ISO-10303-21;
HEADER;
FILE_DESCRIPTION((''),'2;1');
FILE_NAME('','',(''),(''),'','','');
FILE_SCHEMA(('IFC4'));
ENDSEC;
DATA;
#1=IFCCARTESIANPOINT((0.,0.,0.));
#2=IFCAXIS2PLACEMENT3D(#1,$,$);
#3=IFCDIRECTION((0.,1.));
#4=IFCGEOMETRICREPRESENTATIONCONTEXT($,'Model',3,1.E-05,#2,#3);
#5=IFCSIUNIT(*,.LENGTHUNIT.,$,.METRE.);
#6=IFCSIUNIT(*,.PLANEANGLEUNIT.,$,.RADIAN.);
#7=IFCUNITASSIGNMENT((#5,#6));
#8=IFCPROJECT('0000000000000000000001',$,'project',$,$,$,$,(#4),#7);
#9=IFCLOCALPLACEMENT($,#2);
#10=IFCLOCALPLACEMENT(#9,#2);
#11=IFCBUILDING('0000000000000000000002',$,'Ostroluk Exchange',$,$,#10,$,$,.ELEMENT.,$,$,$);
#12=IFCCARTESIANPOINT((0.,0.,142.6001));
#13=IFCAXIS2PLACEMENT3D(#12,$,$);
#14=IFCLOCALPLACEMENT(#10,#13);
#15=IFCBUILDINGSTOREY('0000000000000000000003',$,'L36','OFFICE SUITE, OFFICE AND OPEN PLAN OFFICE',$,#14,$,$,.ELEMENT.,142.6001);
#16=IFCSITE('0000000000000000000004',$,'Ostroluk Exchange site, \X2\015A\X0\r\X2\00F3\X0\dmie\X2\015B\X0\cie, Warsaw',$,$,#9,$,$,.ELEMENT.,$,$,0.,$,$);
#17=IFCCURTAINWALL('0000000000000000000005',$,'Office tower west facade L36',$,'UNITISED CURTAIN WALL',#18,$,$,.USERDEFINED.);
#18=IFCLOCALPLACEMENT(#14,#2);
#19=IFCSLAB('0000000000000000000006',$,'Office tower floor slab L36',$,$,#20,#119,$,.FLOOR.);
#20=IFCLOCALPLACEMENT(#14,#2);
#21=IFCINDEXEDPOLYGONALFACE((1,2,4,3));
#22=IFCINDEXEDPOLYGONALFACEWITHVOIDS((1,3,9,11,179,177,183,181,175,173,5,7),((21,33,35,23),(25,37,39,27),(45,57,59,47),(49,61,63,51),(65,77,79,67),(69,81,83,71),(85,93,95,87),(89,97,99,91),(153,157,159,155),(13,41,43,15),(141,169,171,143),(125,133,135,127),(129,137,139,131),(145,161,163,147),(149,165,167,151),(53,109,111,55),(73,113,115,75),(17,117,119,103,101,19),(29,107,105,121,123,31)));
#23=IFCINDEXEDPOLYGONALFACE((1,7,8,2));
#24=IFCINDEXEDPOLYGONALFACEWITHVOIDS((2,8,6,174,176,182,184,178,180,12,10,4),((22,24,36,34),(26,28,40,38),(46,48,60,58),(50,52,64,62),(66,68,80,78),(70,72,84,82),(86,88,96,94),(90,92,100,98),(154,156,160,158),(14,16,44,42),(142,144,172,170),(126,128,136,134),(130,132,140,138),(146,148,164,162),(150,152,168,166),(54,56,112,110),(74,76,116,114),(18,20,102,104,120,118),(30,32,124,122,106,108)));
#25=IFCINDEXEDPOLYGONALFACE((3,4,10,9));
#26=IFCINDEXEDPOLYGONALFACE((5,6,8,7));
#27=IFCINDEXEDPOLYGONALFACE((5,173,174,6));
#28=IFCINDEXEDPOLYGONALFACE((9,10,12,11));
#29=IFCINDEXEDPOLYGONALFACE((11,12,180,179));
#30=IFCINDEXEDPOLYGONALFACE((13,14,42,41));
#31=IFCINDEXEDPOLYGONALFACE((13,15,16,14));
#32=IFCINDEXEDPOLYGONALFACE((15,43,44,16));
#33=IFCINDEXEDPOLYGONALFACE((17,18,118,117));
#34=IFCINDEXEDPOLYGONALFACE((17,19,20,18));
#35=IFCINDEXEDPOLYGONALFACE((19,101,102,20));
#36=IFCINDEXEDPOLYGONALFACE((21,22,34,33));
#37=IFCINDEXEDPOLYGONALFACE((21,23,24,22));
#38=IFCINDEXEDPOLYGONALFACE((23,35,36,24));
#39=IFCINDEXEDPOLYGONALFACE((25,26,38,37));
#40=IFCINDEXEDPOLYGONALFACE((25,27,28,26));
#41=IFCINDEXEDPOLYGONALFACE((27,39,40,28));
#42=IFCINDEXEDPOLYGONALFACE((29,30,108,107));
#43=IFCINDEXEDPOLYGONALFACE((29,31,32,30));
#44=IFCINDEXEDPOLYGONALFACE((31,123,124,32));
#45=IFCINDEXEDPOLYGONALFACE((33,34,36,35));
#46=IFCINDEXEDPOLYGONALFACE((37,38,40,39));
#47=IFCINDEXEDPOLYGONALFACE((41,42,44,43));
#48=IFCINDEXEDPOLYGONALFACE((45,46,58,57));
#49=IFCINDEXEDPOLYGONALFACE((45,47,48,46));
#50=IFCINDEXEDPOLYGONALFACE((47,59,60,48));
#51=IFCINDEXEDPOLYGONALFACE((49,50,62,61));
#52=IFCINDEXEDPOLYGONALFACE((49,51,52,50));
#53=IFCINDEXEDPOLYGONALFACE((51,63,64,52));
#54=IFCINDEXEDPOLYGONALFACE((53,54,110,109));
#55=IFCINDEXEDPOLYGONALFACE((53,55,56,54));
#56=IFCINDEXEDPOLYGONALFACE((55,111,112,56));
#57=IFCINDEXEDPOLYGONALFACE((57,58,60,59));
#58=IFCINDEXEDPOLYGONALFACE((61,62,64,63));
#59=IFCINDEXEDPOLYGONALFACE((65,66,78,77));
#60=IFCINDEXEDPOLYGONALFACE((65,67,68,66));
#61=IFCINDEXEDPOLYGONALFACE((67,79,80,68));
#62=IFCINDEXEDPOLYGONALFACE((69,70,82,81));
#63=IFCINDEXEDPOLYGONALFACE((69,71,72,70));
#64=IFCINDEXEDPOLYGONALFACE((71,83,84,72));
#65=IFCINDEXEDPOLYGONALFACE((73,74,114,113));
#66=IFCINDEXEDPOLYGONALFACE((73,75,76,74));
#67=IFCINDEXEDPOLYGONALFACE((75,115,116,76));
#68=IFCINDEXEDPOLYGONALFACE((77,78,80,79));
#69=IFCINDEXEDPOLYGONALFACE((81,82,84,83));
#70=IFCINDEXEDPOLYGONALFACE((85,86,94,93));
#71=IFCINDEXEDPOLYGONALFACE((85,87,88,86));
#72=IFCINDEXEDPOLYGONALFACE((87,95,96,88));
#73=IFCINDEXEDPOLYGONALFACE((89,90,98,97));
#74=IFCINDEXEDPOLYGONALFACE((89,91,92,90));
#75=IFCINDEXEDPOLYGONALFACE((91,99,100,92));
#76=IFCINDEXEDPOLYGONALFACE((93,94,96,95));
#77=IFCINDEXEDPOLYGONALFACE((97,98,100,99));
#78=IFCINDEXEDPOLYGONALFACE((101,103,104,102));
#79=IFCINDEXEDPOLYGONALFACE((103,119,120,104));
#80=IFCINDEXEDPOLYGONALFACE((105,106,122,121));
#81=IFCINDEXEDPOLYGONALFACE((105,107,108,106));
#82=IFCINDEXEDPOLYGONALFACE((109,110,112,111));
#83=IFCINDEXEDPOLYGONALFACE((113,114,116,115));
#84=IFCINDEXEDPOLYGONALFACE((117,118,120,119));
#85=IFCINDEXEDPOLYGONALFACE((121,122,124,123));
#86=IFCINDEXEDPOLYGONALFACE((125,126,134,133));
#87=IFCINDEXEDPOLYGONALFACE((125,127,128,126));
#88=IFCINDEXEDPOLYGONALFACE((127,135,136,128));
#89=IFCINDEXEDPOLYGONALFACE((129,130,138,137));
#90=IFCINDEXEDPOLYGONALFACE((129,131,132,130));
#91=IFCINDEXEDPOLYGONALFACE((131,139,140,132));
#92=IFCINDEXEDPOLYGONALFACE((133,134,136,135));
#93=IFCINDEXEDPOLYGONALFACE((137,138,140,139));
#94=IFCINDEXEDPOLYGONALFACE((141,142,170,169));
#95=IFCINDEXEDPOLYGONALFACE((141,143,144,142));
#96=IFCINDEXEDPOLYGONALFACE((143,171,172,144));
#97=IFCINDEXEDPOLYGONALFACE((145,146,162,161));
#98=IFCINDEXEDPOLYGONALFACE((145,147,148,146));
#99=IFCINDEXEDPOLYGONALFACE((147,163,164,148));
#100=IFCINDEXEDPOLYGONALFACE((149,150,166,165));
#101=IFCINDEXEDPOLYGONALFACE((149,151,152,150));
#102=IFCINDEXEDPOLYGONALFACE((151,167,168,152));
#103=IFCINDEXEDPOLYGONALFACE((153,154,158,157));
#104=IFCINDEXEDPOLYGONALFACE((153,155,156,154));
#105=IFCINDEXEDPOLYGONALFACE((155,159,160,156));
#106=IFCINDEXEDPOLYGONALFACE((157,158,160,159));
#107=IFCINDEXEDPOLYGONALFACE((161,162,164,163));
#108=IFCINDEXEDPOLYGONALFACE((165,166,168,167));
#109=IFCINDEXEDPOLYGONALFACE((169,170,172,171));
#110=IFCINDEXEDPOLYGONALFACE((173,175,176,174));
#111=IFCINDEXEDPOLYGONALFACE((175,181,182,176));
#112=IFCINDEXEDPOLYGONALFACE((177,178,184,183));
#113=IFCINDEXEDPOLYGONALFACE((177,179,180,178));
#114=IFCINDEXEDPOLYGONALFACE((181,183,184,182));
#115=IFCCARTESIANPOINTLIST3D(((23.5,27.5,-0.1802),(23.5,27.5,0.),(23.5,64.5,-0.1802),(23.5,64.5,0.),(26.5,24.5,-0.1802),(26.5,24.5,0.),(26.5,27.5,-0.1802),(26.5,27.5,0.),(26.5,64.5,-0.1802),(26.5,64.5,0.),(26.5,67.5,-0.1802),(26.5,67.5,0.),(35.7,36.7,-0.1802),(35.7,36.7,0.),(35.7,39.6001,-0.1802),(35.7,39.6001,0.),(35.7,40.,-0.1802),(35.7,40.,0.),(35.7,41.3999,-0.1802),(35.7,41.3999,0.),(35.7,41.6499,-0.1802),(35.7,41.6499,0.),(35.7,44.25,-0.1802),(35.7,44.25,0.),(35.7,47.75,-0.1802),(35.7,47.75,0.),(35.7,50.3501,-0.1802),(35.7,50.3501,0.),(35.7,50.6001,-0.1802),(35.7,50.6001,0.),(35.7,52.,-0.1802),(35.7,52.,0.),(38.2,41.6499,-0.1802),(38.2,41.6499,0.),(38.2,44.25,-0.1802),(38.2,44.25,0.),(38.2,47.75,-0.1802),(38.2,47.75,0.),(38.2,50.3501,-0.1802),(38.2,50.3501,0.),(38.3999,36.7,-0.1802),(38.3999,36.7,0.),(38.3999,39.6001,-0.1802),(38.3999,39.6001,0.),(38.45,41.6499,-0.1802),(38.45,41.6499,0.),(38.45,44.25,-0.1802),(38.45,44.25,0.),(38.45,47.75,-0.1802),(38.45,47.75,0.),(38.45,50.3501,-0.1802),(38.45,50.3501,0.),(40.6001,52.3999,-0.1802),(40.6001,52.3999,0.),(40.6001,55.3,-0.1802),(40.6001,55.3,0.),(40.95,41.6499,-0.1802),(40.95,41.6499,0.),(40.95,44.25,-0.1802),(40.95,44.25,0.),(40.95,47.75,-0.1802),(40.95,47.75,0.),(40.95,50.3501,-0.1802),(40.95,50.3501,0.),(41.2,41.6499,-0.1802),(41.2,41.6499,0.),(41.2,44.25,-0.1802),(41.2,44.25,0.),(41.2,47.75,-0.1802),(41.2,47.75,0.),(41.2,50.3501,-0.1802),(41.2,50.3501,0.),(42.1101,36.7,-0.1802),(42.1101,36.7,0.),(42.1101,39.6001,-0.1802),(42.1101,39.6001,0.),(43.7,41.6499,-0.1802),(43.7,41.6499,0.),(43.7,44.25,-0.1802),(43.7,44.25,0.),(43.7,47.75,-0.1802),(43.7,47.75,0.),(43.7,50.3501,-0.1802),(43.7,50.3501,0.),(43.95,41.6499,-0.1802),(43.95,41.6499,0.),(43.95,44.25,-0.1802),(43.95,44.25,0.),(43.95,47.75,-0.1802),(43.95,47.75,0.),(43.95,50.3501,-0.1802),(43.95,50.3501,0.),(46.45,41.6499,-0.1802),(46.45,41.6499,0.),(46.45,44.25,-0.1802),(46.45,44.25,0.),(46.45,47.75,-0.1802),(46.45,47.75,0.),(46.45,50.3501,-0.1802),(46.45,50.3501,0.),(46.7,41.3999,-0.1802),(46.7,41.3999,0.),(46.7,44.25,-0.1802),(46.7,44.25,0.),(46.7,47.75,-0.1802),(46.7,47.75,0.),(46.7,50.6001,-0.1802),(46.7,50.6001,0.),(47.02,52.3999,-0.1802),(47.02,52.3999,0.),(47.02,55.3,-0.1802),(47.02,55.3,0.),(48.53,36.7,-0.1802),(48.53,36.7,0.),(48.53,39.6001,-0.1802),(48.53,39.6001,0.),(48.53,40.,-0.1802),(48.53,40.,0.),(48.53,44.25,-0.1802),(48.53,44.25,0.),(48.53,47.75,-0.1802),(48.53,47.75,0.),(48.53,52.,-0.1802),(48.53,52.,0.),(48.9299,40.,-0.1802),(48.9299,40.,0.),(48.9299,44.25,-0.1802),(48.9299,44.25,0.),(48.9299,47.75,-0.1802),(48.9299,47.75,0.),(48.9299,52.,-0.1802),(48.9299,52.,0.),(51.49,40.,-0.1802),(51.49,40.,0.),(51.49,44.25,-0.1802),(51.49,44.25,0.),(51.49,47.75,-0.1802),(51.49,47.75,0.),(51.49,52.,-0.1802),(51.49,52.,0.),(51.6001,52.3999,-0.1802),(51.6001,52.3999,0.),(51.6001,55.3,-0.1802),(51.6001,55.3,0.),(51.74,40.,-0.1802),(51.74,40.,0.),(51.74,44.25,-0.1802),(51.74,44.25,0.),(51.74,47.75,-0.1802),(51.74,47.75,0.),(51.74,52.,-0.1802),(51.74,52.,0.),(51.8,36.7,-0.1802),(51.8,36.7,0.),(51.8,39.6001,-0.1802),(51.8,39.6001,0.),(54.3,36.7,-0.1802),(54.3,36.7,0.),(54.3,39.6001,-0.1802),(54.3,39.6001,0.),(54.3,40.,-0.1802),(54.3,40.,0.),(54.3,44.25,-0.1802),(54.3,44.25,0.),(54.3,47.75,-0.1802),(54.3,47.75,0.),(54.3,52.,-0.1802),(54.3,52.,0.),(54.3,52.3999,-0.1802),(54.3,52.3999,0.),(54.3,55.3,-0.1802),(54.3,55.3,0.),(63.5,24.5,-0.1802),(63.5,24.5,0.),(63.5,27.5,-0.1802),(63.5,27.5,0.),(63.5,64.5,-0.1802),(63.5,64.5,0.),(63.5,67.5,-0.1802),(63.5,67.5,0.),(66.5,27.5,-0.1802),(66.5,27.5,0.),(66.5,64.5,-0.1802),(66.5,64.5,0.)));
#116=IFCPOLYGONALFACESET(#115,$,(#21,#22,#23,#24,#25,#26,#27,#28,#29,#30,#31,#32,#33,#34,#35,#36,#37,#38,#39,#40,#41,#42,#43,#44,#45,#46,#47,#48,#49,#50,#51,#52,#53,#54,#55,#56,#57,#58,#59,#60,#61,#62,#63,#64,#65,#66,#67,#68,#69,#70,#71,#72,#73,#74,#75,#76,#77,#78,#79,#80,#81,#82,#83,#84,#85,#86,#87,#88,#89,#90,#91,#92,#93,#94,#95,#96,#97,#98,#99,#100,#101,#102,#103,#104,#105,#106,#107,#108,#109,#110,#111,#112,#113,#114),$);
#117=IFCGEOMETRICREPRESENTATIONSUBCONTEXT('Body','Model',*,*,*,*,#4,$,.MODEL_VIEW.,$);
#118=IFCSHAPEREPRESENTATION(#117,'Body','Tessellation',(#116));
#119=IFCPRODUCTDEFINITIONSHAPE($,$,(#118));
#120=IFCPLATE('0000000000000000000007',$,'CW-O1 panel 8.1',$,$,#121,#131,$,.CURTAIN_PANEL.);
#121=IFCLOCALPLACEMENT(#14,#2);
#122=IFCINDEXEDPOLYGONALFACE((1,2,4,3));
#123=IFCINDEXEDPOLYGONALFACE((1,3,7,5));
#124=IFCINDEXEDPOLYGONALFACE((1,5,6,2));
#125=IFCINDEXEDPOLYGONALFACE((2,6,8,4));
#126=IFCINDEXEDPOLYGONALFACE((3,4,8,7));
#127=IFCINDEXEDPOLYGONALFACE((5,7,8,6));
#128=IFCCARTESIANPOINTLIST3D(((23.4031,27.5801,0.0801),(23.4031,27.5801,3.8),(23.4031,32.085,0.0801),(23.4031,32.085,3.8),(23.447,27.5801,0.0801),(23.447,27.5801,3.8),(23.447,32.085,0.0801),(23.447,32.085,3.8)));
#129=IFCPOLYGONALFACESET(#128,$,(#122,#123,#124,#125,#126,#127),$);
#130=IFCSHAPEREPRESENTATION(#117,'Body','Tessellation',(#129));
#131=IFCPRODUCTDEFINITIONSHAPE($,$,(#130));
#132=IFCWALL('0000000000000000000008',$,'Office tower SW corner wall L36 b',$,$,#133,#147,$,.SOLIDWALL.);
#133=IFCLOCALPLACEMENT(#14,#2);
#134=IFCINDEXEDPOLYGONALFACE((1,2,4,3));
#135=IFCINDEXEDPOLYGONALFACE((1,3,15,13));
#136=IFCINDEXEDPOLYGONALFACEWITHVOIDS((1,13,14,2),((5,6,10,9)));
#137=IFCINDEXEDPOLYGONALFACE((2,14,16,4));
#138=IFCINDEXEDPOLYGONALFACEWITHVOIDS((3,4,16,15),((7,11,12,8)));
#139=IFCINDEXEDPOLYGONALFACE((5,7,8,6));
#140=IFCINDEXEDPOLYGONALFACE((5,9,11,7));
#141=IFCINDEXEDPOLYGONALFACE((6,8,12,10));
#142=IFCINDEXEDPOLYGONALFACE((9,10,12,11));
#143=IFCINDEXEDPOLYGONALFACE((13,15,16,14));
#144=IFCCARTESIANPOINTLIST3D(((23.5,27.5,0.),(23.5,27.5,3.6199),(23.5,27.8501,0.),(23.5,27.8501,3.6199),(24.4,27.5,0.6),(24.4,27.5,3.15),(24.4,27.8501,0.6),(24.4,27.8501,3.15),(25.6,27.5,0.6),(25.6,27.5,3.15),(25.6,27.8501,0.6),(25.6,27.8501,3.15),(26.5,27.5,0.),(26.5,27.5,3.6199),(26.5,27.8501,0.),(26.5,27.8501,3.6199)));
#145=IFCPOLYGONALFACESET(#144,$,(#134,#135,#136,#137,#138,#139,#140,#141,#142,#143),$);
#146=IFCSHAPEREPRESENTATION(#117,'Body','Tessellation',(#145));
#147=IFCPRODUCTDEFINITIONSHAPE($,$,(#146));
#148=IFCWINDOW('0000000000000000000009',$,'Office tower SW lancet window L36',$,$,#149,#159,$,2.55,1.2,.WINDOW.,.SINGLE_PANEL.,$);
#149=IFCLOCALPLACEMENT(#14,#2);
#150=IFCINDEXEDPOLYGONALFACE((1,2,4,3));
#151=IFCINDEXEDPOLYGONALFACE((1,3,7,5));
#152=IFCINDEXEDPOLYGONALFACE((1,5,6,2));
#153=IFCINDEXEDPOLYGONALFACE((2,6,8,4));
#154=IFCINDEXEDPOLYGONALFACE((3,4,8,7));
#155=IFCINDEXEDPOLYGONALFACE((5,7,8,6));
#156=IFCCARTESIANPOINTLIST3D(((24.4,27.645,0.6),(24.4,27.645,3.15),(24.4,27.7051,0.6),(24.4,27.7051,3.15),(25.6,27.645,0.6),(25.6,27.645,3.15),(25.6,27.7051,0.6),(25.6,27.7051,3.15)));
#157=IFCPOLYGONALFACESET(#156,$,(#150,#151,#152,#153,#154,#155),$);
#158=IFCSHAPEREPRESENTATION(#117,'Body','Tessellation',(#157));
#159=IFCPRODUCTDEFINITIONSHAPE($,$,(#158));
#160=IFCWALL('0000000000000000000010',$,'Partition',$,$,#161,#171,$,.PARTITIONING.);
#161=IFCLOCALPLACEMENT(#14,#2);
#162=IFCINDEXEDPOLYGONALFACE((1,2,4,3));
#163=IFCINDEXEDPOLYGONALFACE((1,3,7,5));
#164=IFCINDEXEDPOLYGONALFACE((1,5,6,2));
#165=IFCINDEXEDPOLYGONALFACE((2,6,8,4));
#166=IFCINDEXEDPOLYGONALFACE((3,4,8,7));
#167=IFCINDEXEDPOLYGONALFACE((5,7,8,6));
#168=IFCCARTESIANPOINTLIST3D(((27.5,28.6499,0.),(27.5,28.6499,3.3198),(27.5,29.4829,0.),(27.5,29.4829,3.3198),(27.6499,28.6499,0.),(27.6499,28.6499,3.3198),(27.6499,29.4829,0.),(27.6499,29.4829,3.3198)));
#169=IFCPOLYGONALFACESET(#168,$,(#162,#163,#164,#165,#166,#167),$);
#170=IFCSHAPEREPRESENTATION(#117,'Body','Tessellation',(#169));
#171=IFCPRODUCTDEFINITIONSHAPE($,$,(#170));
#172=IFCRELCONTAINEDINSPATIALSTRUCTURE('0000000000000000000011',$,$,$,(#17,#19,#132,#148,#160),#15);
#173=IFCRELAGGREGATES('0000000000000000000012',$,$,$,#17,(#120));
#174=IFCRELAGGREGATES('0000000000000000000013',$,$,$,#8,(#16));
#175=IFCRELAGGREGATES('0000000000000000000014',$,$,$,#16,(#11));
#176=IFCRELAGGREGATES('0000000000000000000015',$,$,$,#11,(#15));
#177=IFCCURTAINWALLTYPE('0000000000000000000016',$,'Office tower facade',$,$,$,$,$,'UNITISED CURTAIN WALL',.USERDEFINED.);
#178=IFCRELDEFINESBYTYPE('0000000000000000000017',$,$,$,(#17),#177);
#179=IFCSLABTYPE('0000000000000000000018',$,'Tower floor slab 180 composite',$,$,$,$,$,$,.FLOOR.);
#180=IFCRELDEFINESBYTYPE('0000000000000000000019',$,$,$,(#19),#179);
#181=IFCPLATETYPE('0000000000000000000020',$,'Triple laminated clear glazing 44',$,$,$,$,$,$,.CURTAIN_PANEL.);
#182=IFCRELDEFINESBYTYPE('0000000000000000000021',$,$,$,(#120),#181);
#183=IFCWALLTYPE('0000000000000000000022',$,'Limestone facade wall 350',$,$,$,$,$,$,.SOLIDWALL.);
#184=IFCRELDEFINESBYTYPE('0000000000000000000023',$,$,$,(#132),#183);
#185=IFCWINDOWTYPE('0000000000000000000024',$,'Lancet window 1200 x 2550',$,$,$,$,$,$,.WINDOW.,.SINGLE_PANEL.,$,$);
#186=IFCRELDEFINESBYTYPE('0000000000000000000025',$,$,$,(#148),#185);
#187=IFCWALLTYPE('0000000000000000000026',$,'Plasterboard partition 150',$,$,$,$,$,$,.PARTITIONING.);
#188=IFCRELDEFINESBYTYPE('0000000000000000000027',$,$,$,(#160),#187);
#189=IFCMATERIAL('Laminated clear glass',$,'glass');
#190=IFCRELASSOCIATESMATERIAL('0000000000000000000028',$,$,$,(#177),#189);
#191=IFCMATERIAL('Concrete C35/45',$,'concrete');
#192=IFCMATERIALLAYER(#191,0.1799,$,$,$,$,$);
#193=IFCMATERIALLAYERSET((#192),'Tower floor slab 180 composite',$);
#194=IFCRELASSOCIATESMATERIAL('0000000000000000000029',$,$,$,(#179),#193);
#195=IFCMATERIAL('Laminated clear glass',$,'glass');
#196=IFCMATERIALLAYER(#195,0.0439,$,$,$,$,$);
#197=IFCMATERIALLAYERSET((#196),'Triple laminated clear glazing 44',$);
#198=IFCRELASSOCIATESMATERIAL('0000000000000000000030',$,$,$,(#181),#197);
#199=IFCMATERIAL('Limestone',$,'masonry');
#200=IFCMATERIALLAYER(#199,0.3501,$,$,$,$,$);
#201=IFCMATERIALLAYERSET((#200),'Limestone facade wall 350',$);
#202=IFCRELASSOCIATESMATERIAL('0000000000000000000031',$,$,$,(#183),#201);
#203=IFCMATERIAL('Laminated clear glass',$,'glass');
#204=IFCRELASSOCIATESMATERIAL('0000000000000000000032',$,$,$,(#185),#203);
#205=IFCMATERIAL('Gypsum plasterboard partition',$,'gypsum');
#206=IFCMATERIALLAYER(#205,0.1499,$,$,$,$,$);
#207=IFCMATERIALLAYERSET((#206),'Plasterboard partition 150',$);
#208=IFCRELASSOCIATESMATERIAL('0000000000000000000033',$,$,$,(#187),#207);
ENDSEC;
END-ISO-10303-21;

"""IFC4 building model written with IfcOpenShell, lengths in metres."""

from ifc_helpers import new_model, si_unit, direction, frame, frame_2d, origin, origin_2d, place, context, subcontext, project, spatial, polyline, rectangle, outline, extrude, material, layer, layer_set, type_object, element, fill, aggregate, save


model = new_model("IFC4")

# Units and contexts
model_context = context("Model", 3, precision=1e-05, world=origin(), true_north=direction((0.0, 1.0)))
body_context = subcontext(model_context, "Body", "Model", "MODEL_VIEW")
ifc_project = project(units=[si_unit("LENGTHUNIT", "METRE"), si_unit("PLANEANGLEUNIT", "RADIAN")], contexts=[model_context])

# Site, building, storey
site_placement = place(None, origin())
site = spatial("IfcSite", under=ifc_project, at=site_placement, Name="Ostroluk Exchange site, Śródmieście, Warsaw", CompositionType="ELEMENT", RefElevation=0.0)
building_placement = place(site_placement, origin())
building = spatial("IfcBuilding", under=site, at=building_placement, Name="Ostroluk Exchange", CompositionType="ELEMENT")
storey_placement = place(building_placement, frame((0.0, 0.0, 142.6001)))
storey = spatial("IfcBuildingStorey", under=building, at=storey_placement, Name="L36", Description="OFFICE SUITE, OFFICE AND OPEN PLAN OFFICE", CompositionType="ELEMENT", Elevation=142.6001)

# Shared definitions
ifc_material_1 = material(Name="Laminated clear glass", Category="glass")
curtain_wall_type = type_object("IfcCurtainWallType", Name="Office tower facade", ElementType="UNITISED CURTAIN WALL", PredefinedType="USERDEFINED", material=ifc_material_1)

# Curtain wall
curtain_wall_1_placement = place(storey_placement, origin())
curtain_wall_1 = element("IfcCurtainWall", 1, at=curtain_wall_1_placement, inside=storey, type_object=curtain_wall_type, Name="Office tower west facade L36", ObjectType="UNITISED CURTAIN WALL", PredefinedType="USERDEFINED")

# Slab
ifc_material_2 = material(Name="Concrete C35/45", Category="concrete")
ifc_layer_1 = layer(ifc_material_2, 0.1799)
ifc_layer_set_1 = layer_set([ifc_layer_1], Name="Tower floor slab 180 composite")
slab_type_1 = type_object("IfcSlabType", Name="Tower floor slab 180 composite", PredefinedType="FLOOR", material=ifc_layer_set_1)
slab_1_placement = place(storey_placement, frame((0.0, 0.0, -0.1802)))
element("IfcSlab", 2, at=slab_1_placement, inside=storey, type_object=slab_type_1, Name="Office tower floor slab L36", PredefinedType="FLOOR", context=body_context, shape_type="SweptSolid", body=[
    extrude(outline(polyline([(26.5, 24.5), (63.5, 24.5), (63.5, 27.5), (66.5, 27.5), (66.5, 64.5), (63.5, 64.5), (63.5, 67.5), (26.5, 67.5), (26.5, 64.5), (23.5, 64.5), (23.5, 27.5), (26.5, 27.5), (26.5, 24.5)]), holes=[polyline([(35.7, 36.7), (38.3999, 36.7), (38.3999, 39.6001), (35.7, 39.6001), (35.7, 36.7)]), polyline([(42.1101, 36.7), (48.53, 36.7), (48.53, 39.6001), (42.1101, 39.6001), (42.1101, 36.7)]), polyline([(51.8, 36.7), (54.3, 36.7), (54.3, 39.6001), (51.8, 39.6001), (51.8, 36.7)]), polyline([(40.6001, 52.3999), (47.02, 52.3999), (47.02, 55.3), (40.6001, 55.3), (40.6001, 52.3999)]), polyline([(51.6001, 52.3999), (54.3, 52.3999), (54.3, 55.3), (51.6001, 55.3), (51.6001, 52.3999)]), polyline([(35.7, 47.75), (38.2, 47.75), (38.2, 50.3501), (35.7, 50.3501), (35.7, 47.75)]), polyline([(38.45, 47.75), (40.95, 47.75), (40.95, 50.3501), (38.45, 50.3501), (38.45, 47.75)]), polyline([(41.2, 47.75), (43.7, 47.75), (43.7, 50.3501), (41.2, 50.3501), (41.2, 47.75)]), polyline([(43.95, 47.75), (46.45, 47.75), (46.45, 50.3501), (43.95, 50.3501), (43.95, 47.75)]), polyline([(35.7, 41.6499), (38.2, 41.6499), (38.2, 44.25), (35.7, 44.25), (35.7, 41.6499)]), polyline([(38.45, 41.6499), (40.95, 41.6499), (40.95, 44.25), (38.45, 44.25), (38.45, 41.6499)]), polyline([(41.2, 41.6499), (43.7, 41.6499), (43.7, 44.25), (41.2, 44.25), (41.2, 41.6499)]), polyline([(43.95, 41.6499), (46.45, 41.6499), (46.45, 44.25), (43.95, 44.25), (43.95, 41.6499)]), polyline([(48.9299, 47.75), (51.49, 47.75), (51.49, 52.0), (48.9299, 52.0), (48.9299, 47.75)]), polyline([(51.74, 47.75), (54.3, 47.75), (54.3, 52.0), (51.74, 52.0), (51.74, 47.75)]), polyline([(48.9299, 40.0), (51.49, 40.0), (51.49, 44.25), (48.9299, 44.25), (48.9299, 40.0)]), polyline([(51.74, 40.0), (54.3, 40.0), (54.3, 44.25), (51.74, 44.25), (51.74, 40.0)]), polyline([(48.53, 52.0), (48.53, 47.75), (46.7, 47.75), (46.7, 50.6001), (35.7, 50.6001), (35.7, 52.0), (48.53, 52.0)]), polyline([(35.7, 40.0), (35.7, 41.3999), (46.7, 41.3999), (46.7, 44.25), (48.53, 44.25), (48.53, 40.0), (35.7, 40.0)])]), origin(), (0.0, 0.0, 1.0), 0.1802),
])

# Plate
ifc_material_3 = material(Name="Laminated clear glass", Category="glass")
ifc_layer_2 = layer(ifc_material_3, 0.0439)
ifc_layer_set_2 = layer_set([ifc_layer_2], Name="Triple laminated clear glazing 44")
plate_type_1 = type_object("IfcPlateType", Name="Triple laminated clear glazing 44", PredefinedType="CURTAIN_PANEL", material=ifc_layer_set_2)
plate_1_placement = place(storey_placement, frame((23.425, 29.8325, 0.0801), z_axis=(0.0, 0.0, 1.0), x_axis=(0.0, -1.0, 0.0)))
plate_1 = element("IfcPlate", 3, at=plate_1_placement, type_object=plate_type_1, Name="CW-O1 panel 8.1", PredefinedType="CURTAIN_PANEL", context=body_context, shape_type="SweptSolid", body=[
    extrude(rectangle(XDim=4.5049, YDim=0.0439, at=origin_2d()), origin(), (0.0, 0.0, 1.0), 3.72),
])
aggregate(curtain_wall_1, [plate_1])

# Shared definitions
ifc_material_4 = material(Name="Limestone", Category="masonry")
ifc_layer_3 = layer(ifc_material_4, 0.3501)
ifc_layer_set_3 = layer_set([ifc_layer_3], Name="Limestone facade wall 350")
wall_type_1 = type_object("IfcWallType", Name="Limestone facade wall 350", PredefinedType="SOLIDWALL", material=ifc_layer_set_3)

# Wall, opening, window
wall_1_placement = place(storey_placement, frame((26.5, 27.675, 0.0), z_axis=(0.0, 0.0, 1.0), x_axis=(-1.0, 0.0, 0.0)))
wall_1 = element("IfcWall", 4, at=wall_1_placement, inside=storey, type_object=wall_type_1, Name="Office tower SW corner wall L36 b", PredefinedType="SOLIDWALL", context=body_context, shape_type="SweptSolid", body=[
    extrude(rectangle(XDim=3.0, YDim=0.3501, at=frame_2d((1.5, 0.0))), origin(), (0.0, 0.0, 1.0), 3.6199),
])
opening_1_placement = place(wall_1_placement, frame((0.8999, 0.0, 0.6001)))
opening_1 = element("IfcOpeningElement", 5, at=opening_1_placement, cuts=wall_1, PredefinedType="OPENING", context=body_context, shape_type="SweptSolid", body=[
    extrude(rectangle(XDim=1.2, YDim=2.55, at=frame_2d((0.6001, 1.2749))), frame((0.0, 0.1851, 0.0), z_axis=(0.0, -1.0, 0.0), x_axis=(1.0, 0.0, 0.0)), (0.0, 0.0, 1.0), 0.3701),
])
ifc_material_5 = material(Name="Laminated clear glass", Category="glass")
window_type = type_object("IfcWindowType", Name="Lancet window 1200 x 2550", PartitioningType="SINGLE_PANEL", PredefinedType="WINDOW", material=ifc_material_5)
window_placement = place(opening_1_placement, origin())
window = element("IfcWindow", 6, at=window_placement, inside=storey, type_object=window_type, Name="Office tower SW lancet window L36", OverallHeight=2.55, OverallWidth=1.2, PartitioningType="SINGLE_PANEL", PredefinedType="WINDOW", context=body_context, shape_type="SweptSolid", body=[
    extrude(rectangle(XDim=1.2, YDim=2.55, at=frame_2d((0.6001, 1.2749))), frame((0.0, 0.03, 0.0), z_axis=(0.0, -1.0, 0.0), x_axis=(1.0, 0.0, 0.0)), (0.0, 0.0, 1.0), 0.0601),
])
fill(opening_1, window)

# Wall
ifc_material_6 = material(Name="Gypsum plasterboard partition", Category="gypsum")
ifc_layer_4 = layer(ifc_material_6, 0.1499)
ifc_layer_set_4 = layer_set([ifc_layer_4], Name="Plasterboard partition 150")
wall_type_2 = type_object("IfcWallType", Name="Plasterboard partition 150", PredefinedType="PARTITIONING", material=ifc_layer_set_4)
wall_2_placement = place(storey_placement, frame((27.575, 29.4829, 0.0), z_axis=(0.0, 0.0, 1.0), x_axis=(0.0, -1.0, 0.0)))
element("IfcWall", 7, at=wall_2_placement, inside=storey, type_object=wall_type_2, Name="Partition", PredefinedType="PARTITIONING", context=body_context, shape_type="SweptSolid", body=[
    extrude(rectangle(XDim=0.833, YDim=0.1499, at=frame_2d((0.4165, 0.0))), origin(), (0.0, 0.0, 1.0), 3.3198),
])

save(model, "model.ifc")
